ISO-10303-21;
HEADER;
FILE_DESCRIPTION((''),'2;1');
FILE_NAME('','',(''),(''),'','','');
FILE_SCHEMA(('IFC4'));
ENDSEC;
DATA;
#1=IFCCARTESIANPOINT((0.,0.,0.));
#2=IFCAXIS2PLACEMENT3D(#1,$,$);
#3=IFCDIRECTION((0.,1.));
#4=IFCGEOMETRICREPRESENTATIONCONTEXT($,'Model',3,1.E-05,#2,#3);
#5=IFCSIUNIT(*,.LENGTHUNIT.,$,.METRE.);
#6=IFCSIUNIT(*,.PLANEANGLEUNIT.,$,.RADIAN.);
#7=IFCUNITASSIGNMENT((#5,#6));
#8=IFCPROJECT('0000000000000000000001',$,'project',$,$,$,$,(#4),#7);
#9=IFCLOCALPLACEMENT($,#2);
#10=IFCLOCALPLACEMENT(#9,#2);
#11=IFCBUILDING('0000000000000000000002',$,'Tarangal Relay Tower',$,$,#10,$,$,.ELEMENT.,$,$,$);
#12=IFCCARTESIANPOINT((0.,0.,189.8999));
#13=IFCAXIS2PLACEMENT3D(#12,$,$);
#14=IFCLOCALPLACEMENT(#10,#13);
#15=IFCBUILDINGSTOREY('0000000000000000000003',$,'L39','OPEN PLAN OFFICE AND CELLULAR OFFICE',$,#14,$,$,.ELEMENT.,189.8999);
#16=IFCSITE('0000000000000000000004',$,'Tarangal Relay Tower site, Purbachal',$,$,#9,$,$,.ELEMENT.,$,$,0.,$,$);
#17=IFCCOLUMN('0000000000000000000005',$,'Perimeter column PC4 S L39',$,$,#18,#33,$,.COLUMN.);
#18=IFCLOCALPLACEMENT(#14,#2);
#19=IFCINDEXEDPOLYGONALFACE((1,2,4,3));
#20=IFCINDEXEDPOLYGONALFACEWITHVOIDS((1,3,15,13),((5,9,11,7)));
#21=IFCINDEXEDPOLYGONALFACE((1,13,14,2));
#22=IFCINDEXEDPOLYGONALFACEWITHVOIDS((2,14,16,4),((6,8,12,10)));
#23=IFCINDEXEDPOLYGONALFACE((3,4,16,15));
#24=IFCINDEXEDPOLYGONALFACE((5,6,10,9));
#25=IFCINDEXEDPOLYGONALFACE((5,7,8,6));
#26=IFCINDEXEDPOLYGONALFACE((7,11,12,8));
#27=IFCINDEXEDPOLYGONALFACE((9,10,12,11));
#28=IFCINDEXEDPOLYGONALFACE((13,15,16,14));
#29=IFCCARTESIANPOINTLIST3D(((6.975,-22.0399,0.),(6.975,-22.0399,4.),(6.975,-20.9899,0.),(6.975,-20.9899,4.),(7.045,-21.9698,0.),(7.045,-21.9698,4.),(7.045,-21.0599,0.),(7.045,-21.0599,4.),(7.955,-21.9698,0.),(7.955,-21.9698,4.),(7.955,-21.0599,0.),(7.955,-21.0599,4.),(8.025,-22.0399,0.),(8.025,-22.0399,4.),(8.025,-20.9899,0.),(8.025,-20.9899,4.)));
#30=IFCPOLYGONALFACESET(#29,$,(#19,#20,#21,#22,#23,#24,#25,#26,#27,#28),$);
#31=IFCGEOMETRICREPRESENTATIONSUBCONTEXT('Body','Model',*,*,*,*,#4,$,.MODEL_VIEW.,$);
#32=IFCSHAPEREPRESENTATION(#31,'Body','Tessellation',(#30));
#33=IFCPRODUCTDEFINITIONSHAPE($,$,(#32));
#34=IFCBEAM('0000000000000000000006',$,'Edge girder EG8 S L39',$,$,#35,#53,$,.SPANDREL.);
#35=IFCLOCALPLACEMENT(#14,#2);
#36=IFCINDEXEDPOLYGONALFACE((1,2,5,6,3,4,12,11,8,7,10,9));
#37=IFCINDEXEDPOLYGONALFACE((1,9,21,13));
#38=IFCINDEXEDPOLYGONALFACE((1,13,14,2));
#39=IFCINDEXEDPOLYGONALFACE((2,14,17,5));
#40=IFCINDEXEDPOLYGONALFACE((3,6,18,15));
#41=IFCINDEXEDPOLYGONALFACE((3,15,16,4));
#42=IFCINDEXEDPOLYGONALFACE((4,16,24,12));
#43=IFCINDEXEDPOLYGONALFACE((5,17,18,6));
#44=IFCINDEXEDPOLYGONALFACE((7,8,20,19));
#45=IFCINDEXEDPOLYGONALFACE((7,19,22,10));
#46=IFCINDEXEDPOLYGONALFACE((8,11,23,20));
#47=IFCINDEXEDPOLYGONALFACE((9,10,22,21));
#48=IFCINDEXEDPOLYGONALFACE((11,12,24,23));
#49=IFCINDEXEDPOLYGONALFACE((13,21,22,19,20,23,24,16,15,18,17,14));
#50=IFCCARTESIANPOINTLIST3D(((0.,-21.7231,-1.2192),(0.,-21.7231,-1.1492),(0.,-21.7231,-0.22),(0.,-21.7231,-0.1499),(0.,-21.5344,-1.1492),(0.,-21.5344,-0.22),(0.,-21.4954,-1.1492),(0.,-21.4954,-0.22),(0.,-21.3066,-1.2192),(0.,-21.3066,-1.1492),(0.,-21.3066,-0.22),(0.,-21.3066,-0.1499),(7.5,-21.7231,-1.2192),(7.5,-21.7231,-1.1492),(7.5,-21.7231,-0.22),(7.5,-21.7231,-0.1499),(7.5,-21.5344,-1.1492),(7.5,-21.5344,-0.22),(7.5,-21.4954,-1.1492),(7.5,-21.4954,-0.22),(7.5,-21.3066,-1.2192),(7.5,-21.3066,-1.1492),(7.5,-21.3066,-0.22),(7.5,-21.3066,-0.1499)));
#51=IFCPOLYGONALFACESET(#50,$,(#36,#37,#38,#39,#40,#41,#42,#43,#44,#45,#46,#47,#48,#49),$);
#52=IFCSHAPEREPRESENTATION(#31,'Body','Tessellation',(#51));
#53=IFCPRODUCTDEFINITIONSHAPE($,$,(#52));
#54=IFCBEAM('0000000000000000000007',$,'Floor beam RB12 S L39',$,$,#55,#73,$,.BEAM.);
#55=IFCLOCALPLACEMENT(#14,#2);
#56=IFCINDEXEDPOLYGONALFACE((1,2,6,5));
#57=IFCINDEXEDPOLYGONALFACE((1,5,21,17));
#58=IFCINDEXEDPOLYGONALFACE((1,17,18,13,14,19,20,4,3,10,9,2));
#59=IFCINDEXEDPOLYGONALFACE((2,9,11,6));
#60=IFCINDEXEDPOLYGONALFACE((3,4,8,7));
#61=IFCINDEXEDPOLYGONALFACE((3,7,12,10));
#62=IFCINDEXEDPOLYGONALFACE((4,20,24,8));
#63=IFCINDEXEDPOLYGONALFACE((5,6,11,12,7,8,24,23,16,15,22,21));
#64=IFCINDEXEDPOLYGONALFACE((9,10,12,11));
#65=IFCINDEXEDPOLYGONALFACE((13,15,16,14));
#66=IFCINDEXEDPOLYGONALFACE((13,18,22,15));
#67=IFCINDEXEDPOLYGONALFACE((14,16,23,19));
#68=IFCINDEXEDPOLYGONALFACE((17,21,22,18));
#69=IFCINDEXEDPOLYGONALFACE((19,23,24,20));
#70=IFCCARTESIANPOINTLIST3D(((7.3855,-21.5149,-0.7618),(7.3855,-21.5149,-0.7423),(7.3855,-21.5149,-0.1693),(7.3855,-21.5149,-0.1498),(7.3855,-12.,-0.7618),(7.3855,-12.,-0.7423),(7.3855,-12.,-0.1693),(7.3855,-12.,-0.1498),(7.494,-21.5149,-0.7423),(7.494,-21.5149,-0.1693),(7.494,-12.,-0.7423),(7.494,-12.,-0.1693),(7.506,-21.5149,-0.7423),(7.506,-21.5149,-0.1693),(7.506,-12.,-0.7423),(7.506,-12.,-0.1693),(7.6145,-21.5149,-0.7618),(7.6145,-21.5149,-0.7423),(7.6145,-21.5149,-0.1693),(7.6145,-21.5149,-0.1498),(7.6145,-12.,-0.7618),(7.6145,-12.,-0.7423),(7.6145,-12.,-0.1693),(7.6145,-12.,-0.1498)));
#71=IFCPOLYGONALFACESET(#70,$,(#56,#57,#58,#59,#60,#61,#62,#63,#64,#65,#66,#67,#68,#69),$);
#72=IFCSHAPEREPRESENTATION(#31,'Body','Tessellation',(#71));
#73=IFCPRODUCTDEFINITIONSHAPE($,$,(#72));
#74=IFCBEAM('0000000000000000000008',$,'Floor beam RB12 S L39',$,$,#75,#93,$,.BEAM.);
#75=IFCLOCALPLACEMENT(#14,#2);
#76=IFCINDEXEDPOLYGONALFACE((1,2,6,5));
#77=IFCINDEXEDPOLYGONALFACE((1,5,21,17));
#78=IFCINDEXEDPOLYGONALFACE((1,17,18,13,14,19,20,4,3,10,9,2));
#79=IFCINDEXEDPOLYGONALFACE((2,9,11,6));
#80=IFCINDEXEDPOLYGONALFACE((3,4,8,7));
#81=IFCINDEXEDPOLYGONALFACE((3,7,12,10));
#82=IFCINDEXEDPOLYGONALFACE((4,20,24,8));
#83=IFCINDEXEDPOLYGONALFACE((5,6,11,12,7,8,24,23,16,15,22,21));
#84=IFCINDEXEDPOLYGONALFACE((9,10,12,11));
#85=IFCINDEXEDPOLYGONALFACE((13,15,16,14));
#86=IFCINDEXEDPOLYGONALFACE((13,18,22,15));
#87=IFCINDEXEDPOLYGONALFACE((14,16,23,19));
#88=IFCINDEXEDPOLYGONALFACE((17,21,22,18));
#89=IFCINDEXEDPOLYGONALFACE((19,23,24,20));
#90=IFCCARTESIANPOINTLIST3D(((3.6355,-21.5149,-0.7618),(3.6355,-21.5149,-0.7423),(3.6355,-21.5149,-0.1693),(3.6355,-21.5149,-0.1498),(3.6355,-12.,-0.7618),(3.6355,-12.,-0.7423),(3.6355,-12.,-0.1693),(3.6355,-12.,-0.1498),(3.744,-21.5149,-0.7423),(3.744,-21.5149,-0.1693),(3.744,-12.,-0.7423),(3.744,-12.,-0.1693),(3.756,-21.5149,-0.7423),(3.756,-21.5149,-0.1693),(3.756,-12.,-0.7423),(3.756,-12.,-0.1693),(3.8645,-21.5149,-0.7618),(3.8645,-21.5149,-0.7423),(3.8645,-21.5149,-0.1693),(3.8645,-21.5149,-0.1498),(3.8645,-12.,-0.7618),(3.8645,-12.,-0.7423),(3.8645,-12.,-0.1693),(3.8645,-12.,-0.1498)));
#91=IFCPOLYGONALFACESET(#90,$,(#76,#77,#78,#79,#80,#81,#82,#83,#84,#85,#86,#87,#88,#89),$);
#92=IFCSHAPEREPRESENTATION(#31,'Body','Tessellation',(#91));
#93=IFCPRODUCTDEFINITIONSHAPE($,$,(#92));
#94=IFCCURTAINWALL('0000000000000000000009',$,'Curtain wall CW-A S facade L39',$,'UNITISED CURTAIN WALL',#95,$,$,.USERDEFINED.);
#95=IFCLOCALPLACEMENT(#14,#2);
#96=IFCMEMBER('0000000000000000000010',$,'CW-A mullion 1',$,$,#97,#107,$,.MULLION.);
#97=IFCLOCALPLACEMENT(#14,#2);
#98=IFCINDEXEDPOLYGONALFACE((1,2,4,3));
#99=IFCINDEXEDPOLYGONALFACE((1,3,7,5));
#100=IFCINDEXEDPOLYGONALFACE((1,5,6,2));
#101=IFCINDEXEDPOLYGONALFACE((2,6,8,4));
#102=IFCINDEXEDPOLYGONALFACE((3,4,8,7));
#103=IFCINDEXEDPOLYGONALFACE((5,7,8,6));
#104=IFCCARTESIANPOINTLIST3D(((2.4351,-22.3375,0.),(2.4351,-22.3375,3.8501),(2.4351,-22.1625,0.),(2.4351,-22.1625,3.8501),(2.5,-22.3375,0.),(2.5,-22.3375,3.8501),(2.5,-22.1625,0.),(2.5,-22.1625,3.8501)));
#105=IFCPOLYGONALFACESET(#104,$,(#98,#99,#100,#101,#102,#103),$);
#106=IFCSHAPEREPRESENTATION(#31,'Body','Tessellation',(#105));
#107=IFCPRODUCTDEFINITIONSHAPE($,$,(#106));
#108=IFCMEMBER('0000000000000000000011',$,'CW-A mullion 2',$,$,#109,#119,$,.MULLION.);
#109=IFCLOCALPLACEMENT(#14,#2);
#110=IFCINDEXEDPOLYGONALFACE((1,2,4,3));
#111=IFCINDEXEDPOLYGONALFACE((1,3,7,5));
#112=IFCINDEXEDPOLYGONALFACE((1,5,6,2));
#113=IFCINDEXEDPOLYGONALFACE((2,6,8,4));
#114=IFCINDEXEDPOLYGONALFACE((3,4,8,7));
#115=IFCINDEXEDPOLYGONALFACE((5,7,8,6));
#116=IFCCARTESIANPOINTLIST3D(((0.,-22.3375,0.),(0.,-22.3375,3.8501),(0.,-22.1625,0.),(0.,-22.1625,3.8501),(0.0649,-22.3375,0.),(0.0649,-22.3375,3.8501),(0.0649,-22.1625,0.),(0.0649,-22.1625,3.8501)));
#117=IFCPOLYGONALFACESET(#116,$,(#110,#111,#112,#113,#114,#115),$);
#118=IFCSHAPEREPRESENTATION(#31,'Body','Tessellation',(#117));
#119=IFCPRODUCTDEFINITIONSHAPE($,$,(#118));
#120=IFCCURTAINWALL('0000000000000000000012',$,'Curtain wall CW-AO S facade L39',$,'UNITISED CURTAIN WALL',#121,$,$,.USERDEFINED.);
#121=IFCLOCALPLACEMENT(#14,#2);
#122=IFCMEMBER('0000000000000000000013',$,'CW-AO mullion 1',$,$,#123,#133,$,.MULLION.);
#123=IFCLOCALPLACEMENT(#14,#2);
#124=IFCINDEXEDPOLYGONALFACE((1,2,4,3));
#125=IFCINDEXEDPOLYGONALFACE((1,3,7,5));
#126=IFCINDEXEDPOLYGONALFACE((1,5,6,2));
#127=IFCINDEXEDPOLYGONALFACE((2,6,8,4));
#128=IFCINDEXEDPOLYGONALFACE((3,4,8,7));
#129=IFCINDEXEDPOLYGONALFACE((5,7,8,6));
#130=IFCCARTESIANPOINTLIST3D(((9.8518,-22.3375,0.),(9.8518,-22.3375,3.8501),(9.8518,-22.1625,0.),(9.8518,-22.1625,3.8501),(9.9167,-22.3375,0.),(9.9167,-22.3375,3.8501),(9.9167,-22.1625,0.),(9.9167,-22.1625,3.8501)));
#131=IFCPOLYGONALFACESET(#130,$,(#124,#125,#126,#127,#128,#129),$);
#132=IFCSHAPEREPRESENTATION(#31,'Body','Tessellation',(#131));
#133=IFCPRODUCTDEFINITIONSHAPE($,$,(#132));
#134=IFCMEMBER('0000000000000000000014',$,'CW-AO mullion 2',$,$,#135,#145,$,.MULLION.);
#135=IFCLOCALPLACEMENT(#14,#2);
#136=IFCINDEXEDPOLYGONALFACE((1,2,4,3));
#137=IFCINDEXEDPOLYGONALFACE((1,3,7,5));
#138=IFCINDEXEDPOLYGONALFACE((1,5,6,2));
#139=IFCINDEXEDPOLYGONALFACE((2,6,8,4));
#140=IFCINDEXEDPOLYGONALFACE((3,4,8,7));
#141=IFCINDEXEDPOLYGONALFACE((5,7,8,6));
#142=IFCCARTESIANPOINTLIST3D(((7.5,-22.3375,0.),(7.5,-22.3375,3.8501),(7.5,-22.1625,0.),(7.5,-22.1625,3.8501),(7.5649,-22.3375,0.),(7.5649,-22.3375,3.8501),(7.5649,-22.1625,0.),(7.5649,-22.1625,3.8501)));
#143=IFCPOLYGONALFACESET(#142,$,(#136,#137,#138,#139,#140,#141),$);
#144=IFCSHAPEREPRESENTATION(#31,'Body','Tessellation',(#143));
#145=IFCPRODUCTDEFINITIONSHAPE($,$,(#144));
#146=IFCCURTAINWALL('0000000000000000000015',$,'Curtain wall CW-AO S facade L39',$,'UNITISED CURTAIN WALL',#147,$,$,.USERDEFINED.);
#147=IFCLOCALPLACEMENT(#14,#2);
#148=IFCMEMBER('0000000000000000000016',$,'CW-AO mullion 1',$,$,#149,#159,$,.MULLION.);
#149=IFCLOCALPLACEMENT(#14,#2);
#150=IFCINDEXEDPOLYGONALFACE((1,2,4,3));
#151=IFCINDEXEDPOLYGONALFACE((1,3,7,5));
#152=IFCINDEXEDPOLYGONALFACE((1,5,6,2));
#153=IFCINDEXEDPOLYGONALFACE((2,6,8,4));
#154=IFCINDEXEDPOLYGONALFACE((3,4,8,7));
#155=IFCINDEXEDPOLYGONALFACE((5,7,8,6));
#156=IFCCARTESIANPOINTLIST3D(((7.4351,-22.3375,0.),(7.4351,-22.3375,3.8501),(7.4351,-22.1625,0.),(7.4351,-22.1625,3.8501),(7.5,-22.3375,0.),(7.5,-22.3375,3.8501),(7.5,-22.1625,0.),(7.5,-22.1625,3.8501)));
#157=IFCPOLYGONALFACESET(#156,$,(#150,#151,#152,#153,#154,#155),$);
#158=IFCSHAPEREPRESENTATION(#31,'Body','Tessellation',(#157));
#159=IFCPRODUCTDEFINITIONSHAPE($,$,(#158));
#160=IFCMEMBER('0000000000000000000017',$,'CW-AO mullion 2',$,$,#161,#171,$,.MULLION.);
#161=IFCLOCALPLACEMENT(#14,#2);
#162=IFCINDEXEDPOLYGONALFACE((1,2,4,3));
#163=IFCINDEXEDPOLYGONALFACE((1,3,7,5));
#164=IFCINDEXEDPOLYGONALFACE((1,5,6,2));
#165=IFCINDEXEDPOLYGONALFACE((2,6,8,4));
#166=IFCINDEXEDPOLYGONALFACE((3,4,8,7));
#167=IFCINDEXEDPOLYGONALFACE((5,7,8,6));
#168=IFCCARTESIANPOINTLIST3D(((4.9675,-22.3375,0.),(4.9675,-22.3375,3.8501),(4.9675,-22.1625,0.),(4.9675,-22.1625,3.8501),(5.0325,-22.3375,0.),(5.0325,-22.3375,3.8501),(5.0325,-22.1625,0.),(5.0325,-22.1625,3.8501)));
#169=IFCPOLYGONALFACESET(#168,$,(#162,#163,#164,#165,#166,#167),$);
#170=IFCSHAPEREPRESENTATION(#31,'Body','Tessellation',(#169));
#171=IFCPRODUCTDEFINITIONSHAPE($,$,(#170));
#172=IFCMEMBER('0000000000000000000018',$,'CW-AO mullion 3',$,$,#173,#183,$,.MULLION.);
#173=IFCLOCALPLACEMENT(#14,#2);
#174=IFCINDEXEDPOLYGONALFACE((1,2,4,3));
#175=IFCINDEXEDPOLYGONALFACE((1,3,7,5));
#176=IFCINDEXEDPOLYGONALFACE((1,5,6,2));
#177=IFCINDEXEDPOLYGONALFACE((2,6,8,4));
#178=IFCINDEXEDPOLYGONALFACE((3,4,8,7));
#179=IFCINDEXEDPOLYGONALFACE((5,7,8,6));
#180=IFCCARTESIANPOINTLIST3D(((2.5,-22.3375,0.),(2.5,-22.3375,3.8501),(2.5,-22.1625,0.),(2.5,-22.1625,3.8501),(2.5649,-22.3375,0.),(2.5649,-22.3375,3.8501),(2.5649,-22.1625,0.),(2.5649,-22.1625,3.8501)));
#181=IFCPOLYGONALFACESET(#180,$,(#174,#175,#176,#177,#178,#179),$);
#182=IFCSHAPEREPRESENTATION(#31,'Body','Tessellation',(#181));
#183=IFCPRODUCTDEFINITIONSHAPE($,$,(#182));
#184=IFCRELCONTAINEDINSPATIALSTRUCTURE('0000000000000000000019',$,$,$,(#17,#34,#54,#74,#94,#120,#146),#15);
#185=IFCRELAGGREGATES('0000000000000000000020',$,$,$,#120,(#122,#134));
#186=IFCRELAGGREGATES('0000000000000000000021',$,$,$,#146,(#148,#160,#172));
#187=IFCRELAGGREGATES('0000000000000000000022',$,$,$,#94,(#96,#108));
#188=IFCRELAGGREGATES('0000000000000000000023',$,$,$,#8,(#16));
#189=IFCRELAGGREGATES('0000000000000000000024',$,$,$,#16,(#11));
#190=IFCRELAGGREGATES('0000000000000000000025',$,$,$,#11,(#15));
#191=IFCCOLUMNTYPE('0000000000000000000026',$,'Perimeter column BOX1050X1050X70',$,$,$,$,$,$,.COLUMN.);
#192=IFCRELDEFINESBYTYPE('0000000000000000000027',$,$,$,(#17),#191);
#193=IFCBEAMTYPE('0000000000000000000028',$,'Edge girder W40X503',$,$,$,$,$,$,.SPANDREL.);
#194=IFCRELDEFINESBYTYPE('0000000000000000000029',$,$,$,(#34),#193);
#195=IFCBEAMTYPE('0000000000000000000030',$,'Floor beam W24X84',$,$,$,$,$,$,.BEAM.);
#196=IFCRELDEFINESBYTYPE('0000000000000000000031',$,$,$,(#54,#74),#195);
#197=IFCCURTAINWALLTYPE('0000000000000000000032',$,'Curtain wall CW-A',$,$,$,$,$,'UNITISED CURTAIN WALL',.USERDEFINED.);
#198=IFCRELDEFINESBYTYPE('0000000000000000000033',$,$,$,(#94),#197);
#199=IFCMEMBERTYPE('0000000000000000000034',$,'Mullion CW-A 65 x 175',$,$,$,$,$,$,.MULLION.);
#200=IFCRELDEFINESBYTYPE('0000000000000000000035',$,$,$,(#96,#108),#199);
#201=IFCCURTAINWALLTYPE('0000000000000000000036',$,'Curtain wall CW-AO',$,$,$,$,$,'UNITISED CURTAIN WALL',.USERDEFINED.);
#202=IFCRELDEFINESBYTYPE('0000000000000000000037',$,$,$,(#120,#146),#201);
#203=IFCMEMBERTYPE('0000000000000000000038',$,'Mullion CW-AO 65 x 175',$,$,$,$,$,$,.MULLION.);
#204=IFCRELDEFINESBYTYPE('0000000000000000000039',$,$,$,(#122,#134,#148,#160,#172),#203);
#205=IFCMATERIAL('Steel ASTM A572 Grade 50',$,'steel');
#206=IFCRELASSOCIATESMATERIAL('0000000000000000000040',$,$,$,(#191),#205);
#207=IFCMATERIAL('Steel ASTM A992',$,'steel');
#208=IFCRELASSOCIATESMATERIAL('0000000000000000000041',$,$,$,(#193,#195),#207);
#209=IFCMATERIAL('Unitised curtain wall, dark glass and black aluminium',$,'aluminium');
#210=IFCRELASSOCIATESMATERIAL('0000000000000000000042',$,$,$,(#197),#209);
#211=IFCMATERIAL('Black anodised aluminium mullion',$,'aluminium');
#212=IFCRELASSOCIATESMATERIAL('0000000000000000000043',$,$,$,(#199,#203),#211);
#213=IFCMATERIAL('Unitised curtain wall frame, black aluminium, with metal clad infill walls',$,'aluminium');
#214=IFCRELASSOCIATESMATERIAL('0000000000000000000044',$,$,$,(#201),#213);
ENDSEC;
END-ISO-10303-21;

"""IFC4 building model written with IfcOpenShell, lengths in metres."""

from ifc_helpers import new_model, si_unit, direction, frame, origin, origin_2d, place, context, subcontext, project, spatial, rectangle, hollow_rectangle, i_section, extrude, material, material_profile, profile_set, type_object, element, aggregate, save


model = new_model("IFC4")

# Units and contexts
model_context = context("Model", 3, precision=1e-05, world=origin(), true_north=direction((0.0, 1.0)))
body_context = subcontext(model_context, "Body", "Model", "MODEL_VIEW")
ifc_project = project(units=[si_unit("LENGTHUNIT", "METRE"), si_unit("PLANEANGLEUNIT", "RADIAN")], contexts=[model_context])

# Site, building, storey
site_placement = place(None, origin())
site = spatial("IfcSite", under=ifc_project, at=site_placement, Name="Tarangal Relay Tower site, Purbachal", CompositionType="ELEMENT", RefElevation=0.0)
building_placement = place(site_placement, origin())
building = spatial("IfcBuilding", under=site, at=building_placement, Name="Tarangal Relay Tower", CompositionType="ELEMENT")
storey_placement = place(building_placement, frame((0.0, 0.0, 189.8999)))
storey = spatial("IfcBuildingStorey", under=building, at=storey_placement, Name="L39", Description="OPEN PLAN OFFICE AND CELLULAR OFFICE", CompositionType="ELEMENT", Elevation=189.8999)

# Column
ifc_material_1 = material(Name="Steel ASTM A572 Grade 50", Category="steel")
ifc_material_profile_1 = material_profile(ifc_material_1, hollow_rectangle(XDim=1.05, YDim=1.05, WallThickness=0.0701, at=origin_2d()), Name="BOX1050X1050X70")
ifc_profile_set_1 = profile_set([ifc_material_profile_1], Name="Steel ASTM A572 Grade 50")
column_type = type_object("IfcColumnType", Name="Perimeter column BOX1050X1050X70", PredefinedType="COLUMN", material=ifc_profile_set_1)
column_placement = place(storey_placement, frame((7.5, -21.5149, 0.0), z_axis=(0.0, 0.0, 1.0), x_axis=(1.0, 0.0, 0.0)))
element("IfcColumn", 1, at=column_placement, inside=storey, type_object=column_type, Name="Perimeter column PC4 S L39", PredefinedType="COLUMN", context=body_context, shape_type="SweptSolid", body=[
    extrude(hollow_rectangle(XDim=1.05, YDim=1.05, WallThickness=0.0701, at=origin_2d()), origin(), (0.0, 0.0, 1.0), 4.0),
])

# Beams
ifc_material_2 = material(Name="Steel ASTM A992", Category="steel")
ifc_material_profile_2 = material_profile(ifc_material_2, i_section(OverallWidth=0.4165, OverallDepth=1.0693, WebThickness=0.0391, FlangeThickness=0.0701, at=origin_2d()), Name="W40X503")
ifc_profile_set_2 = profile_set([ifc_material_profile_2], Name="Steel ASTM A992")
beam_type_1 = type_object("IfcBeamType", Name="Edge girder W40X503", PredefinedType="SPANDREL", material=ifc_profile_set_2)
beam_placement = place(storey_placement, frame((7.5, -21.5149, -0.6846), z_axis=(-1.0, 0.0, 0.0), x_axis=(0.0, -1.0, 0.0)))
element("IfcBeam", 2, at=beam_placement, inside=storey, type_object=beam_type_1, Name="Edge girder EG8 S L39", PredefinedType="SPANDREL", context=body_context, shape_type="SweptSolid", body=[
    extrude(i_section(OverallWidth=0.4165, OverallDepth=1.0693, WebThickness=0.0391, FlangeThickness=0.0701, at=origin_2d()), origin(), (0.0, 0.0, 1.0), 7.5),
])
ifc_material_profile_3 = material_profile(ifc_material_2, i_section(OverallWidth=0.229, OverallDepth=0.6121, WebThickness=0.012, FlangeThickness=0.0195, at=origin_2d()), Name="W24X84")
ifc_profile_set_3 = profile_set([ifc_material_profile_3], Name="Steel ASTM A992")
beam_type_2 = type_object("IfcBeamType", Name="Floor beam W24X84", PredefinedType="BEAM", material=ifc_profile_set_3)
for number, where, z_axis, x_axis, name in (
    (3, (7.5, -12.0, -0.4558), (0.0, -1.0, 0.0), (1.0, 0.0, 0.0), "Floor beam RB12 S L39"),
    (4, (3.75, -12.0, -0.4558), (0.0, -1.0, 0.0), (1.0, 0.0, 0.0), "Floor beam RB12 S L39"),
):
    element("IfcBeam", number, at=place(storey_placement, frame(where, z_axis=z_axis, x_axis=x_axis)), inside=storey, type_object=beam_type_2, Name=name, PredefinedType="BEAM", context=body_context, shape_type="SweptSolid", body=[
        extrude(i_section(OverallWidth=0.229, OverallDepth=0.6121, WebThickness=0.012, FlangeThickness=0.0195, at=origin_2d()), origin(), (0.0, 0.0, 1.0), 9.5149),
    ])

# Curtain walls, members
ifc_material_3 = material(Name="Unitised curtain wall, dark glass and black aluminium", Category="aluminium")
curtain_wall_type_1 = type_object("IfcCurtainWallType", Name="Curtain wall CW-A", ElementType="UNITISED CURTAIN WALL", PredefinedType="USERDEFINED", material=ifc_material_3)
curtain_wall_1_placement = place(storey_placement, origin())
curtain_wall_1 = element("IfcCurtainWall", 5, at=curtain_wall_1_placement, inside=storey, type_object=curtain_wall_type_1, Name="Curtain wall CW-A S facade L39", ObjectType="UNITISED CURTAIN WALL", PredefinedType="USERDEFINED")
ifc_material_4 = material(Name="Black anodised aluminium mullion", Category="aluminium")
ifc_material_profile_4 = material_profile(ifc_material_4, rectangle(XDim=0.175, YDim=0.0649, at=origin_2d()), Name="CW-AM 65X175")
ifc_profile_set_4 = profile_set([ifc_material_profile_4], Name="Black anodised aluminium mullion")
member_type_1 = type_object("IfcMemberType", Name="Mullion CW-A 65 x 175", PredefinedType="MULLION", material=ifc_profile_set_4)
member_1_placement = place(storey_placement, frame((2.4675, -22.25, 0.0), z_axis=(0.0, 0.0, 1.0), x_axis=(0.0, -1.0, 0.0)))
member_1 = element("IfcMember", 6, at=member_1_placement, type_object=member_type_1, Name="CW-A mullion 1", PredefinedType="MULLION", context=body_context, shape_type="SweptSolid", body=[
    extrude(rectangle(XDim=0.175, YDim=0.0649, at=origin_2d()), origin(), (0.0, 0.0, 1.0), 3.8501),
])
member_2_placement = place(storey_placement, frame((0.0325, -22.25, 0.0), z_axis=(0.0, 0.0, 1.0), x_axis=(0.0, -1.0, 0.0)))
member_2 = element("IfcMember", 7, at=member_2_placement, type_object=member_type_1, Name="CW-A mullion 2", PredefinedType="MULLION", context=body_context, shape_type="SweptSolid", body=[
    extrude(rectangle(XDim=0.175, YDim=0.0649, at=origin_2d()), origin(), (0.0, 0.0, 1.0), 3.8501),
])
ifc_material_5 = material(Name="Unitised curtain wall frame, black aluminium, with metal clad infill walls", Category="aluminium")
curtain_wall_type_2 = type_object("IfcCurtainWallType", Name="Curtain wall CW-AO", ElementType="UNITISED CURTAIN WALL", PredefinedType="USERDEFINED", material=ifc_material_5)
curtain_wall_2_placement = place(storey_placement, origin())
curtain_wall_2 = element("IfcCurtainWall", 8, at=curtain_wall_2_placement, inside=storey, type_object=curtain_wall_type_2, Name="Curtain wall CW-AO S facade L39", ObjectType="UNITISED CURTAIN WALL", PredefinedType="USERDEFINED")
ifc_material_profile_5 = material_profile(ifc_material_4, rectangle(XDim=0.175, YDim=0.0649, at=origin_2d()), Name="CW-AOM 65X175")
ifc_profile_set_5 = profile_set([ifc_material_profile_5], Name="Black anodised aluminium mullion")
member_type_2 = type_object("IfcMemberType", Name="Mullion CW-AO 65 x 175", PredefinedType="MULLION", material=ifc_profile_set_5)
member_3_placement = place(storey_placement, frame((9.8843, -22.25, 0.0), z_axis=(0.0, 0.0, 1.0), x_axis=(0.0, -1.0, 0.0)))
member_3 = element("IfcMember", 9, at=member_3_placement, type_object=member_type_2, Name="CW-AO mullion 1", PredefinedType="MULLION", context=body_context, shape_type="SweptSolid", body=[
    extrude(rectangle(XDim=0.175, YDim=0.0649, at=origin_2d()), origin(), (0.0, 0.0, 1.0), 3.8501),
])
member_4_placement = place(storey_placement, frame((7.5325, -22.25, 0.0), z_axis=(0.0, 0.0, 1.0), x_axis=(0.0, -1.0, 0.0)))
member_4 = element("IfcMember", 10, at=member_4_placement, type_object=member_type_2, Name="CW-AO mullion 2", PredefinedType="MULLION", context=body_context, shape_type="SweptSolid", body=[
    extrude(rectangle(XDim=0.175, YDim=0.0649, at=origin_2d()), origin(), (0.0, 0.0, 1.0), 3.8501),
])
curtain_wall_3_placement = place(storey_placement, origin())
curtain_wall_3 = element("IfcCurtainWall", 11, at=curtain_wall_3_placement, inside=storey, type_object=curtain_wall_type_2, Name="Curtain wall CW-AO S facade L39", ObjectType="UNITISED CURTAIN WALL", PredefinedType="USERDEFINED")
member_5_placement = place(storey_placement, frame((7.4675, -22.25, 0.0), z_axis=(0.0, 0.0, 1.0), x_axis=(0.0, -1.0, 0.0)))
member_5 = element("IfcMember", 12, at=member_5_placement, type_object=member_type_2, Name="CW-AO mullion 1", PredefinedType="MULLION", context=body_context, shape_type="SweptSolid", body=[
    extrude(rectangle(XDim=0.175, YDim=0.0649, at=origin_2d()), origin(), (0.0, 0.0, 1.0), 3.8501),
])
member_6_placement = place(storey_placement, frame((5.0, -22.25, 0.0), z_axis=(0.0, 0.0, 1.0), x_axis=(0.0, -1.0, 0.0)))
member_6 = element("IfcMember", 13, at=member_6_placement, type_object=member_type_2, Name="CW-AO mullion 2", PredefinedType="MULLION", context=body_context, shape_type="SweptSolid", body=[
    extrude(rectangle(XDim=0.175, YDim=0.0649, at=origin_2d()), origin(), (0.0, 0.0, 1.0), 3.8501),
])
member_7_placement = place(storey_placement, frame((2.5325, -22.25, 0.0), z_axis=(0.0, 0.0, 1.0), x_axis=(0.0, -1.0, 0.0)))
member_7 = element("IfcMember", 14, at=member_7_placement, type_object=member_type_2, Name="CW-AO mullion 3", PredefinedType="MULLION", context=body_context, shape_type="SweptSolid", body=[
    extrude(rectangle(XDim=0.175, YDim=0.0649, at=origin_2d()), origin(), (0.0, 0.0, 1.0), 3.8501),
])

aggregate(curtain_wall_2, [member_3, member_4])
aggregate(curtain_wall_3, [member_5, member_6, member_7])

aggregate(curtain_wall_1, [member_1, member_2])

save(model, "model.ifc")
